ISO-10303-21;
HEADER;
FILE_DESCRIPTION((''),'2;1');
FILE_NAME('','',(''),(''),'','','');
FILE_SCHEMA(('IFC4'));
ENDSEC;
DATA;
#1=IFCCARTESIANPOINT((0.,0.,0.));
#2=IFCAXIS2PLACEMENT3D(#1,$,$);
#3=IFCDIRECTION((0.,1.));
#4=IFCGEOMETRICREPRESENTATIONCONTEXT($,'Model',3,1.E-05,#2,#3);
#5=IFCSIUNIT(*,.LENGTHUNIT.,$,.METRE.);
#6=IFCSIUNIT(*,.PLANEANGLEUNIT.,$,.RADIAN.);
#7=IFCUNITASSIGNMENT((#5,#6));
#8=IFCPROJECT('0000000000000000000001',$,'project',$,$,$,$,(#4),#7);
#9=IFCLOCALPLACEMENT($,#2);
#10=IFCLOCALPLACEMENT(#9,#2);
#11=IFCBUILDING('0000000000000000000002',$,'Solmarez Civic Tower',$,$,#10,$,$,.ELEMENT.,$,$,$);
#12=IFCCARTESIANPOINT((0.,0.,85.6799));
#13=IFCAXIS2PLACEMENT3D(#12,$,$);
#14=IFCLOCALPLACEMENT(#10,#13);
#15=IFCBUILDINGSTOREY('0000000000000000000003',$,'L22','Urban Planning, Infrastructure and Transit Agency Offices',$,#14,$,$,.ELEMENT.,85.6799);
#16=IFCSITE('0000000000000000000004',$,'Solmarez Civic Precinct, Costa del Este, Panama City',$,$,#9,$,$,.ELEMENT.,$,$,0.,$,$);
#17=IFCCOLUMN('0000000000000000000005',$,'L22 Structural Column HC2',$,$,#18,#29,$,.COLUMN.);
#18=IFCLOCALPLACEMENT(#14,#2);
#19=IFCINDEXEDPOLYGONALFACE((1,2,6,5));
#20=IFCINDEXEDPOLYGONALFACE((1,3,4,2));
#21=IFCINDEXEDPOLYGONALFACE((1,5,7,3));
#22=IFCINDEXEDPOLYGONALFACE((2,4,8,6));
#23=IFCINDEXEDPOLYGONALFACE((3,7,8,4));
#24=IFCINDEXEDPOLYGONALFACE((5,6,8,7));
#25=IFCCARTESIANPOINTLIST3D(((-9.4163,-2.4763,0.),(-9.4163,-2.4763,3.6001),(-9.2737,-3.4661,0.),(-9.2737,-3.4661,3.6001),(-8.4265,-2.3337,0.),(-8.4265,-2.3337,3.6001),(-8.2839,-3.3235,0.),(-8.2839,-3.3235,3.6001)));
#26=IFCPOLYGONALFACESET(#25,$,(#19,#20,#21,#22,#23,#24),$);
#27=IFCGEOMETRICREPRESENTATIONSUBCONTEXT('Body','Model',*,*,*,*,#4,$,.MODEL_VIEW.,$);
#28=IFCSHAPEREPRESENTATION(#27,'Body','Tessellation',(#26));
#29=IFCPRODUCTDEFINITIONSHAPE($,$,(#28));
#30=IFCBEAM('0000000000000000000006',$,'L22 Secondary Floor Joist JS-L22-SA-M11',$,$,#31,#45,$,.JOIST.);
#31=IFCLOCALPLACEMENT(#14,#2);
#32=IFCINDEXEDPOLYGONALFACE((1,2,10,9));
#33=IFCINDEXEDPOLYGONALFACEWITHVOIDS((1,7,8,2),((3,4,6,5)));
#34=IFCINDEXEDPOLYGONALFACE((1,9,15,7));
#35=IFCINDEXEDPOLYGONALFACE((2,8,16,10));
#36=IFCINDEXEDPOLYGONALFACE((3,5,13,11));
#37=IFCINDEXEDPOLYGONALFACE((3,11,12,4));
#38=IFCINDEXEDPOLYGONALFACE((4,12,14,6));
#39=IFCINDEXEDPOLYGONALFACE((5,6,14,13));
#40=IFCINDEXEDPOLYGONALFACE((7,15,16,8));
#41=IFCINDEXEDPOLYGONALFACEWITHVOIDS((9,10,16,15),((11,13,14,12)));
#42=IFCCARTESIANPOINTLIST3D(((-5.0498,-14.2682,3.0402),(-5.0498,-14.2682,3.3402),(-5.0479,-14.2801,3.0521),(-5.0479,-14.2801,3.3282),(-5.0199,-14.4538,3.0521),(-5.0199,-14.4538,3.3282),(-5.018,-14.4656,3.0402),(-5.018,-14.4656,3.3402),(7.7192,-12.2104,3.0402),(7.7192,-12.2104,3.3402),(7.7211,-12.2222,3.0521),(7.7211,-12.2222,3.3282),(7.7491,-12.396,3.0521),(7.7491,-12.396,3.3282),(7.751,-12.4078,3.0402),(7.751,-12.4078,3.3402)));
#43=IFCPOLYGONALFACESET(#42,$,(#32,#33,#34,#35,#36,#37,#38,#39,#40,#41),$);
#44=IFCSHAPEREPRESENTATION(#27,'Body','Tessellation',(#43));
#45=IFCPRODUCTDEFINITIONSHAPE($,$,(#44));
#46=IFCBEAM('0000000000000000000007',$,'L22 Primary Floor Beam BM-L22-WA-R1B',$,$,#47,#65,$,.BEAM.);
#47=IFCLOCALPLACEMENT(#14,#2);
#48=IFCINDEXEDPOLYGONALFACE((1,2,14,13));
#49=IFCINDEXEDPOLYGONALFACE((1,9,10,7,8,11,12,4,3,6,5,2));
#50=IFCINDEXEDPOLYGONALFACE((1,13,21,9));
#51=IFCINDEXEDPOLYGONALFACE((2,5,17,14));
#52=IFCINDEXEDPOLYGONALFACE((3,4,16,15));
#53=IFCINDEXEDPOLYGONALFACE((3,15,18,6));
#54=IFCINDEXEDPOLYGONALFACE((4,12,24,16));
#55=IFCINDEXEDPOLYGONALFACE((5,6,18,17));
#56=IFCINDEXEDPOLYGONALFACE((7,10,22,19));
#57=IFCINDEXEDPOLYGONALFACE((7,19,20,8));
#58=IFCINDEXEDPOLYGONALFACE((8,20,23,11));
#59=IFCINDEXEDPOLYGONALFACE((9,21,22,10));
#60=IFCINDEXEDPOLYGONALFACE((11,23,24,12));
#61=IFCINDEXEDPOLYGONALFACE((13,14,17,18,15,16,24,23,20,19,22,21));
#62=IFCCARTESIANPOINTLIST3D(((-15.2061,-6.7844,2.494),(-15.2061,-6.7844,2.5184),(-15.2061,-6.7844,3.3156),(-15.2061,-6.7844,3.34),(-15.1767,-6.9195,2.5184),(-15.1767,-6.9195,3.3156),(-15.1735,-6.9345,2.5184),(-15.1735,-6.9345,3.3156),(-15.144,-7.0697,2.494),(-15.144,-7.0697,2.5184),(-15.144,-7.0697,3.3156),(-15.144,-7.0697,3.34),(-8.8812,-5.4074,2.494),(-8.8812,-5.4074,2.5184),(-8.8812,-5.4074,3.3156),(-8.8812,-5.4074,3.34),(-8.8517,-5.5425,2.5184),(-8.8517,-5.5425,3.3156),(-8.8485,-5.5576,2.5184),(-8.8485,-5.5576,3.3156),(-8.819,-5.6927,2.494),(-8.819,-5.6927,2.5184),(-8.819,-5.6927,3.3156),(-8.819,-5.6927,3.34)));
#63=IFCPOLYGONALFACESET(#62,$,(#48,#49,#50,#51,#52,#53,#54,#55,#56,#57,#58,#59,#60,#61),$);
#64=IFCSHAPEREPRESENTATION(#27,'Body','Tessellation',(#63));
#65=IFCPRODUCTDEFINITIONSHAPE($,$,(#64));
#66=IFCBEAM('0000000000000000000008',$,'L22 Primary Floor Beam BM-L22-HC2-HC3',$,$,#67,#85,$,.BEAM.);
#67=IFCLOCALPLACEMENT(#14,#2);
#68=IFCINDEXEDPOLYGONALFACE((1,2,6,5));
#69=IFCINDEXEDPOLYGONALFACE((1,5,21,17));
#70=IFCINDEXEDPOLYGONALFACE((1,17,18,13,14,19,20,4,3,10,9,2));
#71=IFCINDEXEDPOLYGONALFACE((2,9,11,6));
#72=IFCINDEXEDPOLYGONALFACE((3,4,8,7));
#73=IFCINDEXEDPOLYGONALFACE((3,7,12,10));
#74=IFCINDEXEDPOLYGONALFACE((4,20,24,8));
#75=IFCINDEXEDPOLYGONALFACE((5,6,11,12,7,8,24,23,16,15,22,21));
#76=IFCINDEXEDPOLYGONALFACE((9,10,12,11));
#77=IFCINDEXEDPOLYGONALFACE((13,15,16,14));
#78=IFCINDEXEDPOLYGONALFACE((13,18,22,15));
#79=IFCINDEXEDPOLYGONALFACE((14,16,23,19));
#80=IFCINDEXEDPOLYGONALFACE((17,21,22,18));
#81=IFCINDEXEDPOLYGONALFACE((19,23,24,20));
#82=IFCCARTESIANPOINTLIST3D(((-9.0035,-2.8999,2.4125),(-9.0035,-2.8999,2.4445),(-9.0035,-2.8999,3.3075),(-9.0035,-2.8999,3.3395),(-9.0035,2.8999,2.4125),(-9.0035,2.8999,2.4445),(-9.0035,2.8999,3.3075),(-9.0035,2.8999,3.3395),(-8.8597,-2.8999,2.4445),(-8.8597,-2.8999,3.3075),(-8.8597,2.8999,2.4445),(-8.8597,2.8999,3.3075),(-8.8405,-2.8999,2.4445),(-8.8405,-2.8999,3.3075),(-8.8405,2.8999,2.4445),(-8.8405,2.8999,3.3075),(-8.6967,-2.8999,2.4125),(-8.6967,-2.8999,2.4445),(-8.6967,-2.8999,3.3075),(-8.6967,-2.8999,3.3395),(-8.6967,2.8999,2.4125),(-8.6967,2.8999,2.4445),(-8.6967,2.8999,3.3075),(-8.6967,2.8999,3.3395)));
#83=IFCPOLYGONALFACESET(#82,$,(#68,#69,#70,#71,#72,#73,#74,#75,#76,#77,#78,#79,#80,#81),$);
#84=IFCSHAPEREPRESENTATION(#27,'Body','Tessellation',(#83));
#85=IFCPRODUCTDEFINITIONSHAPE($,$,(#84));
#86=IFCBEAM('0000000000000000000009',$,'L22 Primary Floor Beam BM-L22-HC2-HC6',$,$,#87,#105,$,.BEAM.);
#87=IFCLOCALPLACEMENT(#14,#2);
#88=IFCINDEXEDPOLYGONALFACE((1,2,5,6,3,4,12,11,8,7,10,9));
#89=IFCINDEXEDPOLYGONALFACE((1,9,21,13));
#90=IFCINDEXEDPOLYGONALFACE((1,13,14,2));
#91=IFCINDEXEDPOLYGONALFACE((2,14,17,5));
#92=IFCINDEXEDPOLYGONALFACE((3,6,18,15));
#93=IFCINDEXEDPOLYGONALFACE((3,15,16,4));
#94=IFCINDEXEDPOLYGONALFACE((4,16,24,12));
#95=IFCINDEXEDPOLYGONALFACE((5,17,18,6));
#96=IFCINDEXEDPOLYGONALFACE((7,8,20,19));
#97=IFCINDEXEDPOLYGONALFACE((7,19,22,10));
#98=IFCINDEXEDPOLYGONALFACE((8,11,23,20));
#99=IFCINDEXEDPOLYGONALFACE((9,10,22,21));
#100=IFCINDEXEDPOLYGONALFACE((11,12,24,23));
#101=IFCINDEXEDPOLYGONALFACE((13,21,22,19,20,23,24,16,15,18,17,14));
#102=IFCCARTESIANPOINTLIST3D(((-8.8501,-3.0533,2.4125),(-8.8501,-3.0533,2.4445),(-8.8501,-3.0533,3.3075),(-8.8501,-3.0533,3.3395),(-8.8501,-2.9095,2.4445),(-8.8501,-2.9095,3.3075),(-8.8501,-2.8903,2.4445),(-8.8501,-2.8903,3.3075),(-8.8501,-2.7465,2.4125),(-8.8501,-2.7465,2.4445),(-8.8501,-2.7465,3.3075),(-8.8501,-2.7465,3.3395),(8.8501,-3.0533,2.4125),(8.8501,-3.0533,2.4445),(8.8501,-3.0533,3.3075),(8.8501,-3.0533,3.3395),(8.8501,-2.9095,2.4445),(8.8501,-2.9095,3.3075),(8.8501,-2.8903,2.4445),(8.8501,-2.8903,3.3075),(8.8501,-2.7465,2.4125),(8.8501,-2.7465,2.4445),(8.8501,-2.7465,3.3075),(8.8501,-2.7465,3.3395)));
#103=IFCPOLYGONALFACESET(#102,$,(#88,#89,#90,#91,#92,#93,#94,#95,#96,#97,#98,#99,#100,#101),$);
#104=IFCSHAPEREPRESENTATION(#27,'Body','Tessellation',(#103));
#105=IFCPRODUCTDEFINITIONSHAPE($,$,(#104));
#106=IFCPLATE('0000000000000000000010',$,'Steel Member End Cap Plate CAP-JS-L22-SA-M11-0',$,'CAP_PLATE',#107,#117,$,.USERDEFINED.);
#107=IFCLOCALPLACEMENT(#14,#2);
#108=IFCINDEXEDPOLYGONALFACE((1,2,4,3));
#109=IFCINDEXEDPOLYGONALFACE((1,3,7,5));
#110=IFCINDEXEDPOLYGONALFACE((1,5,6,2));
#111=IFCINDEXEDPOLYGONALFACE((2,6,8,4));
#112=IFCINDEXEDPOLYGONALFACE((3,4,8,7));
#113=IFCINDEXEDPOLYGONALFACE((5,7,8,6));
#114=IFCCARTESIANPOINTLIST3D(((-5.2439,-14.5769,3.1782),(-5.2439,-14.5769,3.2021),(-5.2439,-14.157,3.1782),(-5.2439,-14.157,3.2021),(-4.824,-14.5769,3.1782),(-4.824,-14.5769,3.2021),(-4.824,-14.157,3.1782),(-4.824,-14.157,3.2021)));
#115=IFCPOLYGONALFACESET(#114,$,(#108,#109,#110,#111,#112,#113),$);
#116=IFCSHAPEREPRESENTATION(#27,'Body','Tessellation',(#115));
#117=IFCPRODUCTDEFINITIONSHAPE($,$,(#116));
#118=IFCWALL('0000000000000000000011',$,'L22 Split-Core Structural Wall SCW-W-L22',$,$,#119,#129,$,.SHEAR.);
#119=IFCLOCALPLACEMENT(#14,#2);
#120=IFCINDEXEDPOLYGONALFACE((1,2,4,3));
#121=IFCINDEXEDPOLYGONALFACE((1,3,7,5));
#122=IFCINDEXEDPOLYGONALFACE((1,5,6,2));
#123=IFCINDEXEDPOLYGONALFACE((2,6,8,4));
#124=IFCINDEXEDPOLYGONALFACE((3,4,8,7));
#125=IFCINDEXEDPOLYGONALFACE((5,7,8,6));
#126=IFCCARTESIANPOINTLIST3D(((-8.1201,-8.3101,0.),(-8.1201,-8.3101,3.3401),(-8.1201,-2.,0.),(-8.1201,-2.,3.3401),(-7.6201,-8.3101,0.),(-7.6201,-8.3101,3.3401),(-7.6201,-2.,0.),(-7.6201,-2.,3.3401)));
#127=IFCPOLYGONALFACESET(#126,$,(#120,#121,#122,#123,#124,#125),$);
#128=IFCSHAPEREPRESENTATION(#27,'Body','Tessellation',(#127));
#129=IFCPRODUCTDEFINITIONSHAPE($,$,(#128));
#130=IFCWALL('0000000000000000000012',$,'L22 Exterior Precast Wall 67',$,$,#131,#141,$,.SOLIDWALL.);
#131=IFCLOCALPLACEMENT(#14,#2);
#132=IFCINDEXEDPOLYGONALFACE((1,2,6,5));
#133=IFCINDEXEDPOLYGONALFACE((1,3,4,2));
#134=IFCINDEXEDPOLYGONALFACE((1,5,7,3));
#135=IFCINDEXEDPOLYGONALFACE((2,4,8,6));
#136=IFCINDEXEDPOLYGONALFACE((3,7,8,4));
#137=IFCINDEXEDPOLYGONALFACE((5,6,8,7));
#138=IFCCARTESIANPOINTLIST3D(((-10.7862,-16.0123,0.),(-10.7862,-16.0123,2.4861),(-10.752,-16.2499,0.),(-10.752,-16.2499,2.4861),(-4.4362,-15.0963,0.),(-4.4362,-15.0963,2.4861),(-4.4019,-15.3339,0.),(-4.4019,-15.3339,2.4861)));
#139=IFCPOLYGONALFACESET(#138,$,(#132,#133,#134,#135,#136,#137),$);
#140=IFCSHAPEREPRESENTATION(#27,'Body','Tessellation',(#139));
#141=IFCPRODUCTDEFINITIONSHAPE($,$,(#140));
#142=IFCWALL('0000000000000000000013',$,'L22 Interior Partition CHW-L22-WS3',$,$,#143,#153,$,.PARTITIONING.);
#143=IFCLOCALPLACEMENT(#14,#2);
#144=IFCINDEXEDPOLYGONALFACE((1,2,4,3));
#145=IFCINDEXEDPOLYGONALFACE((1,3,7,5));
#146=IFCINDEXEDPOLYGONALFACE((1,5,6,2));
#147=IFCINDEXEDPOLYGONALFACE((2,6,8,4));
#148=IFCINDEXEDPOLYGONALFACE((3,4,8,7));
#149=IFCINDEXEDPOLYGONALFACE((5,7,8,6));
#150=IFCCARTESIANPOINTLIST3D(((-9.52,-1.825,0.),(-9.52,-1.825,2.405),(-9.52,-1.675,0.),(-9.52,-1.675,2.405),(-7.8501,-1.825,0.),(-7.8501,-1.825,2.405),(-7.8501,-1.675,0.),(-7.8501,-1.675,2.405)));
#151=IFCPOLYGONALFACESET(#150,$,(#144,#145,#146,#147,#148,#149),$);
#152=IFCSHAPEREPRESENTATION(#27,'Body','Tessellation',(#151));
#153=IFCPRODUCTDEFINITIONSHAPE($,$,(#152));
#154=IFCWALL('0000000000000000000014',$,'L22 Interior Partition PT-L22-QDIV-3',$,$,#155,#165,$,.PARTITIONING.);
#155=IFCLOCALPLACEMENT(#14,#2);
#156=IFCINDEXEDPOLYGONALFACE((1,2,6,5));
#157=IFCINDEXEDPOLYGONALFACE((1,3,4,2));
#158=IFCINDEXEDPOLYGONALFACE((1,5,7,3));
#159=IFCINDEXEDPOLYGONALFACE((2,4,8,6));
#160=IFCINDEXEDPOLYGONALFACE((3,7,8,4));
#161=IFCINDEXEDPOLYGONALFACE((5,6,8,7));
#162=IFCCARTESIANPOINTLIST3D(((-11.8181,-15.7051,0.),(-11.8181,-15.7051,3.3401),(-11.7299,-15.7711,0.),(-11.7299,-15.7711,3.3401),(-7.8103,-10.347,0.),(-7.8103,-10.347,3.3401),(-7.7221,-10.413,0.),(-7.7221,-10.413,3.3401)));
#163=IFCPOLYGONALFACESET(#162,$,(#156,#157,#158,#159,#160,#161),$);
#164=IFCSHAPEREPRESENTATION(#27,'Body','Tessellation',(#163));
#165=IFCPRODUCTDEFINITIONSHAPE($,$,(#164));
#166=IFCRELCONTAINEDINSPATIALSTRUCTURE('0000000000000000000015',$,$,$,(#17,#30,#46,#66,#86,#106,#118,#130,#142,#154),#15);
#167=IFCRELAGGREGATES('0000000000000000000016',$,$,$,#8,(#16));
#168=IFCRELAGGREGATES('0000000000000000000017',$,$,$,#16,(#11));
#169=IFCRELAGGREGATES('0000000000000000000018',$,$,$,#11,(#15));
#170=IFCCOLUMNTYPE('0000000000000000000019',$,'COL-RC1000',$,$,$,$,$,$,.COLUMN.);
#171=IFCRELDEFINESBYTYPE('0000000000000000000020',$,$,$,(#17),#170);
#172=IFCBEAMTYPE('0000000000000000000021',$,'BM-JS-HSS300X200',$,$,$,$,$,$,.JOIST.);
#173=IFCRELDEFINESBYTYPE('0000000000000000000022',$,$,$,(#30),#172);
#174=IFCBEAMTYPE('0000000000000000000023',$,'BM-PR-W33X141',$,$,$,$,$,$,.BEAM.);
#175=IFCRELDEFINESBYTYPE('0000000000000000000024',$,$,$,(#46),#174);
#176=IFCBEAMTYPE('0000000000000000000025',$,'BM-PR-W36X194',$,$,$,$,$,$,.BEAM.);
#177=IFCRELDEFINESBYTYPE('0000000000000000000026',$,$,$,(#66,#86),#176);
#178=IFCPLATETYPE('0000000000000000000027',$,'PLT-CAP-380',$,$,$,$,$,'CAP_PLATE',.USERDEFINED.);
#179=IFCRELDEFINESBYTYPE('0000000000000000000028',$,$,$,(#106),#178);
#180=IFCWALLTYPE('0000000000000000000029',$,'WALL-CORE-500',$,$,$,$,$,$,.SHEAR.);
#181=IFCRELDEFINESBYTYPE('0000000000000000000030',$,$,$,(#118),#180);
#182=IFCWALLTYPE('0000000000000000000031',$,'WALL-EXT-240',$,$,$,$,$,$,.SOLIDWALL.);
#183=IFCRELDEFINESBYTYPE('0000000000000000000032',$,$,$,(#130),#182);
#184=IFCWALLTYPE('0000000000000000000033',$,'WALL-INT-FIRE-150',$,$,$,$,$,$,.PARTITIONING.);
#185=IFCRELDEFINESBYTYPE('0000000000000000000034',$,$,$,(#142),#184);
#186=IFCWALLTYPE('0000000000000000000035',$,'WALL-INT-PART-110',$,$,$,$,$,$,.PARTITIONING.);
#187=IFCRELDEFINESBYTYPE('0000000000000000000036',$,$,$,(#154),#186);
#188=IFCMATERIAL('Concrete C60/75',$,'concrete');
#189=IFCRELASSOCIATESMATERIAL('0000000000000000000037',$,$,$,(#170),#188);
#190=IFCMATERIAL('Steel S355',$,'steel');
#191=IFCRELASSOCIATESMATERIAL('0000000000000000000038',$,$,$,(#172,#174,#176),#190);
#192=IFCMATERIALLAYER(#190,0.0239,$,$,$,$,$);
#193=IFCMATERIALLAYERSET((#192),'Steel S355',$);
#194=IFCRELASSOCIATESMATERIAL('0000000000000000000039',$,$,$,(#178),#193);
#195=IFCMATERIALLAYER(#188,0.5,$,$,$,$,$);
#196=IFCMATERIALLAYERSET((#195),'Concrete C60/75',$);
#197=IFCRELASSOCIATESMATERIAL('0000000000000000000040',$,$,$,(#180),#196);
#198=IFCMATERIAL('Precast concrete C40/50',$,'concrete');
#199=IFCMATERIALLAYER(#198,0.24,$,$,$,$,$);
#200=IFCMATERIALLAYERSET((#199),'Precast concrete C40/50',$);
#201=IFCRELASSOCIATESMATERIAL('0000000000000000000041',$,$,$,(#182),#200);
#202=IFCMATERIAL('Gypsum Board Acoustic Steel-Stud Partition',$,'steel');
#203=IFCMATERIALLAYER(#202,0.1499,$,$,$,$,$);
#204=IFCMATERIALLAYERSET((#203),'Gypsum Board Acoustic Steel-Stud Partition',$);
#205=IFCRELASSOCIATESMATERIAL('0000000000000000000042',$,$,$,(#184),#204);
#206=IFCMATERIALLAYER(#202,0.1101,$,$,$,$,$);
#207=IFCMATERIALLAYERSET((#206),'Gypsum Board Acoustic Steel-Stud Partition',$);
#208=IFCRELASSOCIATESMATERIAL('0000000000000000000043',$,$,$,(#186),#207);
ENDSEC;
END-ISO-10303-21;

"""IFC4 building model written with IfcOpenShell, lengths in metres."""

from ifc_helpers import new_model, si_unit, direction, frame, frame_2d, origin, origin_2d, place, context, subcontext, project, spatial, rectangle, hollow_rectangle, i_section, extrude, material, layer, layer_set, material_profile, profile_set, type_object, element, save


model = new_model("IFC4")

# Units and contexts
model_context = context("Model", 3, precision=1e-05, world=origin(), true_north=direction((0.0, 1.0)))
body_context = subcontext(model_context, "Body", "Model", "MODEL_VIEW")
ifc_project = project(units=[si_unit("LENGTHUNIT", "METRE"), si_unit("PLANEANGLEUNIT", "RADIAN")], contexts=[model_context])

# Site, building, storey
site_placement = place(None, origin())
site = spatial("IfcSite", under=ifc_project, at=site_placement, Name="Solmarez Civic Precinct, Costa del Este, Panama City", CompositionType="ELEMENT", RefElevation=0.0)
building_placement = place(site_placement, origin())
building = spatial("IfcBuilding", under=site, at=building_placement, Name="Solmarez Civic Tower", CompositionType="ELEMENT")
storey_placement = place(building_placement, frame((0.0, 0.0, 85.6799)))
storey = spatial("IfcBuildingStorey", under=building, at=storey_placement, Name="L22", Description="Urban Planning, Infrastructure and Transit Agency Offices", CompositionType="ELEMENT", Elevation=85.6799)

# Column
ifc_material_1 = material(Name="Concrete C60/75", Category="concrete")
ifc_material_profile_1 = material_profile(ifc_material_1, rectangle(XDim=1.0, YDim=1.0, at=origin_2d()), Name="RC1000X1000")
ifc_profile_set_1 = profile_set([ifc_material_profile_1], Name="Concrete C60/75")
column_type = type_object("IfcColumnType", Name="COL-RC1000", PredefinedType="COLUMN", material=ifc_profile_set_1)
column_placement = place(storey_placement, frame((-8.8501, -2.8999, 0.0), z_axis=(0.0, 0.0, 1.0), x_axis=(0.989776, 0.142629, 0.0)))
element("IfcColumn", 1, at=column_placement, inside=storey, type_object=column_type, Name="L22 Structural Column HC2", PredefinedType="COLUMN", context=body_context, shape_type="SweptSolid", body=[
    extrude(rectangle(XDim=1.0, YDim=1.0, at=origin_2d()), origin(), (0.0, 0.0, 1.0), 3.6001),
])

# Beams
ifc_material_2 = material(Name="Steel S355", Category="steel")
ifc_material_profile_2 = material_profile(ifc_material_2, hollow_rectangle(XDim=0.2, YDim=0.3, WallThickness=0.012, at=origin_2d()), Name="HSS300X200X12")
ifc_profile_set_2 = profile_set([ifc_material_profile_2], Name="Steel S355")
beam_type_1 = type_object("IfcBeamType", Name="BM-JS-HSS300X200", PredefinedType="JOIST", material=ifc_profile_set_2)
beam_1_placement = place(storey_placement, frame((-5.0339, -14.3669, 3.1902), z_axis=(0.987261, 0.159107, 0.0), x_axis=(-0.159107, 0.987261, 0.0)))
element("IfcBeam", 2, at=beam_1_placement, inside=storey, type_object=beam_type_1, Name="L22 Secondary Floor Joist JS-L22-SA-M11", PredefinedType="JOIST", context=body_context, shape_type="SweptSolid", body=[
    extrude(hollow_rectangle(XDim=0.2, YDim=0.3, WallThickness=0.012, at=origin_2d()), origin(), (0.0, 0.0, 1.0), 12.9338),
])
ifc_material_profile_3 = material_profile(ifc_material_2, i_section(OverallWidth=0.292, OverallDepth=0.8459, WebThickness=0.0154, FlangeThickness=0.0244, at=origin_2d()), Name="W33X141")
ifc_profile_set_3 = profile_set([ifc_material_profile_3], Name="Steel S355")
beam_type_2 = type_object("IfcBeamType", Name="BM-PR-W33X141", PredefinedType="BEAM", material=ifc_profile_set_3)
beam_2_placement = place(storey_placement, frame((-8.8501, -5.55, 2.917), z_axis=(-0.977113, -0.212719, 0.0), x_axis=(0.212719, -0.977113, 0.0)))
element("IfcBeam", 3, at=beam_2_placement, inside=storey, type_object=beam_type_2, Name="L22 Primary Floor Beam BM-L22-WA-R1B", PredefinedType="BEAM", context=body_context, shape_type="SweptSolid", body=[
    extrude(i_section(OverallWidth=0.292, OverallDepth=0.8459, WebThickness=0.0154, FlangeThickness=0.0244, at=origin_2d()), origin(), (0.0, 0.0, 1.0), 6.4731),
])
ifc_material_profile_4 = material_profile(ifc_material_2, i_section(OverallWidth=0.3069, OverallDepth=0.927, WebThickness=0.0193, FlangeThickness=0.032, at=origin_2d()), Name="W36X194")
ifc_profile_set_4 = profile_set([ifc_material_profile_4], Name="Steel S355")
beam_type_3 = type_object("IfcBeamType", Name="BM-PR-W36X194", PredefinedType="BEAM", material=ifc_profile_set_4)
beam_3_placement = place(storey_placement, frame((-8.8501, -2.8999, 2.876), z_axis=(0.0, 1.0, 0.0), x_axis=(-1.0, 0.0, 0.0)))
element("IfcBeam", 4, at=beam_3_placement, inside=storey, type_object=beam_type_3, Name="L22 Primary Floor Beam BM-L22-HC2-HC3", PredefinedType="BEAM", context=body_context, shape_type="SweptSolid", body=[
    extrude(i_section(OverallWidth=0.3069, OverallDepth=0.927, WebThickness=0.0193, FlangeThickness=0.032, at=origin_2d()), origin(), (0.0, 0.0, 1.0), 5.7998),
])
beam_4_placement = place(storey_placement, frame((-8.8501, -2.8999, 2.876), z_axis=(1.0, 0.0, 0.0), x_axis=(0.0, 1.0, 0.0)))
element("IfcBeam", 5, at=beam_4_placement, inside=storey, type_object=beam_type_3, Name="L22 Primary Floor Beam BM-L22-HC2-HC6", PredefinedType="BEAM", context=body_context, shape_type="SweptSolid", body=[
    extrude(i_section(OverallWidth=0.3069, OverallDepth=0.927, WebThickness=0.0193, FlangeThickness=0.032, at=origin_2d()), origin(), (0.0, 0.0, 1.0), 17.7002),
])

# Plate
ifc_layer_1 = layer(ifc_material_2, 0.0239)
ifc_layer_set_1 = layer_set([ifc_layer_1], Name="Steel S355")
plate_type = type_object("IfcPlateType", Name="PLT-CAP-380", ElementType="CAP_PLATE", PredefinedType="USERDEFINED", material=ifc_layer_set_1)
plate_placement = place(storey_placement, frame((-5.0339, -14.3669, 3.1782), z_axis=(0.0, 0.0, 1.0), x_axis=(1.0, 0.0, 0.0)))
element("IfcPlate", 6, at=plate_placement, inside=storey, type_object=plate_type, Name="Steel Member End Cap Plate CAP-JS-L22-SA-M11-0", ObjectType="CAP_PLATE", PredefinedType="USERDEFINED", context=body_context, shape_type="SweptSolid", body=[
    extrude(rectangle(XDim=0.4199, YDim=0.4199, at=origin_2d()), origin(), (0.0, 0.0, 1.0), 0.0239),
])

# Shared definitions
ifc_layer_2 = layer(ifc_material_1, 0.5)
ifc_layer_set_2 = layer_set([ifc_layer_2], Name="Concrete C60/75")
wall_type_1 = type_object("IfcWallType", Name="WALL-CORE-500", PredefinedType="SHEAR", material=ifc_layer_set_2)

# Walls
wall_1_placement = place(storey_placement, frame((-7.8701, -8.3101, 0.0), z_axis=(0.0, 0.0, 1.0), x_axis=(0.0, 1.0, 0.0)))
element("IfcWall", 7, at=wall_1_placement, inside=storey, type_object=wall_type_1, Name="L22 Split-Core Structural Wall SCW-W-L22", PredefinedType="SHEAR", context=body_context, shape_type="SweptSolid", body=[
    extrude(rectangle(XDim=6.3101, YDim=0.5, at=frame_2d((3.155, 0.0))), origin(), (0.0, 0.0, 1.0), 3.3401),
])
ifc_material_3 = material(Name="Precast concrete C40/50", Category="concrete")
ifc_layer_3 = layer(ifc_material_3, 0.24)
ifc_layer_set_3 = layer_set([ifc_layer_3], Name="Precast concrete C40/50")
wall_type_2 = type_object("IfcWallType", Name="WALL-EXT-240", PredefinedType="SOLIDWALL", material=ifc_layer_set_3)
wall_2_placement = place(storey_placement, frame((-4.4189, -15.2151, 0.0), z_axis=(0.0, 0.0, 1.0), x_axis=(-0.989755, -0.142774, 0.0)))
element("IfcWall", 8, at=wall_2_placement, inside=storey, type_object=wall_type_2, Name="L22 Exterior Precast Wall 67", PredefinedType="SOLIDWALL", context=body_context, shape_type="SweptSolid", body=[
    extrude(rectangle(XDim=6.4158, YDim=0.24, at=frame_2d((3.208, 0.0))), origin(), (0.0, 0.0, 1.0), 2.4861),
])
ifc_material_4 = material(Name="Gypsum Board Acoustic Steel-Stud Partition", Category="steel")
ifc_layer_4 = layer(ifc_material_4, 0.1499)
ifc_layer_set_4 = layer_set([ifc_layer_4], Name="Gypsum Board Acoustic Steel-Stud Partition")
wall_type_3 = type_object("IfcWallType", Name="WALL-INT-FIRE-150", PredefinedType="PARTITIONING", material=ifc_layer_set_4)
wall_3_placement = place(storey_placement, frame((-7.8501, -1.75, 0.0), z_axis=(0.0, 0.0, 1.0), x_axis=(-1.0, 0.0, 0.0)))
element("IfcWall", 9, at=wall_3_placement, inside=storey, type_object=wall_type_3, Name="L22 Interior Partition CHW-L22-WS3", PredefinedType="PARTITIONING", context=body_context, shape_type="SweptSolid", body=[
    extrude(rectangle(XDim=1.6699, YDim=0.1499, at=frame_2d((0.835, 0.0))), origin(), (0.0, 0.0, 1.0), 2.405),
])
ifc_layer_5 = layer(ifc_material_4, 0.1101)
ifc_layer_set_5 = layer_set([ifc_layer_5], Name="Gypsum Board Acoustic Steel-Stud Partition")
wall_type_4 = type_object("IfcWallType", Name="WALL-INT-PART-110", PredefinedType="PARTITIONING", material=ifc_layer_set_5)
wall_4_placement = place(storey_placement, frame((-7.7661, -10.3799, 0.0), z_axis=(0.0, 0.0, 1.0), x_axis=(-0.598966, -0.800774, 0.0)))
element("IfcWall", 10, at=wall_4_placement, inside=storey, type_object=wall_type_4, Name="L22 Interior Partition PT-L22-QDIV-3", PredefinedType="PARTITIONING", context=body_context, shape_type="SweptSolid", body=[
    extrude(rectangle(XDim=6.6912, YDim=0.1101, at=frame_2d((3.3457, 0.0))), origin(), (0.0, 0.0, 1.0), 3.3401),
])

save(model, "model.ifc")
